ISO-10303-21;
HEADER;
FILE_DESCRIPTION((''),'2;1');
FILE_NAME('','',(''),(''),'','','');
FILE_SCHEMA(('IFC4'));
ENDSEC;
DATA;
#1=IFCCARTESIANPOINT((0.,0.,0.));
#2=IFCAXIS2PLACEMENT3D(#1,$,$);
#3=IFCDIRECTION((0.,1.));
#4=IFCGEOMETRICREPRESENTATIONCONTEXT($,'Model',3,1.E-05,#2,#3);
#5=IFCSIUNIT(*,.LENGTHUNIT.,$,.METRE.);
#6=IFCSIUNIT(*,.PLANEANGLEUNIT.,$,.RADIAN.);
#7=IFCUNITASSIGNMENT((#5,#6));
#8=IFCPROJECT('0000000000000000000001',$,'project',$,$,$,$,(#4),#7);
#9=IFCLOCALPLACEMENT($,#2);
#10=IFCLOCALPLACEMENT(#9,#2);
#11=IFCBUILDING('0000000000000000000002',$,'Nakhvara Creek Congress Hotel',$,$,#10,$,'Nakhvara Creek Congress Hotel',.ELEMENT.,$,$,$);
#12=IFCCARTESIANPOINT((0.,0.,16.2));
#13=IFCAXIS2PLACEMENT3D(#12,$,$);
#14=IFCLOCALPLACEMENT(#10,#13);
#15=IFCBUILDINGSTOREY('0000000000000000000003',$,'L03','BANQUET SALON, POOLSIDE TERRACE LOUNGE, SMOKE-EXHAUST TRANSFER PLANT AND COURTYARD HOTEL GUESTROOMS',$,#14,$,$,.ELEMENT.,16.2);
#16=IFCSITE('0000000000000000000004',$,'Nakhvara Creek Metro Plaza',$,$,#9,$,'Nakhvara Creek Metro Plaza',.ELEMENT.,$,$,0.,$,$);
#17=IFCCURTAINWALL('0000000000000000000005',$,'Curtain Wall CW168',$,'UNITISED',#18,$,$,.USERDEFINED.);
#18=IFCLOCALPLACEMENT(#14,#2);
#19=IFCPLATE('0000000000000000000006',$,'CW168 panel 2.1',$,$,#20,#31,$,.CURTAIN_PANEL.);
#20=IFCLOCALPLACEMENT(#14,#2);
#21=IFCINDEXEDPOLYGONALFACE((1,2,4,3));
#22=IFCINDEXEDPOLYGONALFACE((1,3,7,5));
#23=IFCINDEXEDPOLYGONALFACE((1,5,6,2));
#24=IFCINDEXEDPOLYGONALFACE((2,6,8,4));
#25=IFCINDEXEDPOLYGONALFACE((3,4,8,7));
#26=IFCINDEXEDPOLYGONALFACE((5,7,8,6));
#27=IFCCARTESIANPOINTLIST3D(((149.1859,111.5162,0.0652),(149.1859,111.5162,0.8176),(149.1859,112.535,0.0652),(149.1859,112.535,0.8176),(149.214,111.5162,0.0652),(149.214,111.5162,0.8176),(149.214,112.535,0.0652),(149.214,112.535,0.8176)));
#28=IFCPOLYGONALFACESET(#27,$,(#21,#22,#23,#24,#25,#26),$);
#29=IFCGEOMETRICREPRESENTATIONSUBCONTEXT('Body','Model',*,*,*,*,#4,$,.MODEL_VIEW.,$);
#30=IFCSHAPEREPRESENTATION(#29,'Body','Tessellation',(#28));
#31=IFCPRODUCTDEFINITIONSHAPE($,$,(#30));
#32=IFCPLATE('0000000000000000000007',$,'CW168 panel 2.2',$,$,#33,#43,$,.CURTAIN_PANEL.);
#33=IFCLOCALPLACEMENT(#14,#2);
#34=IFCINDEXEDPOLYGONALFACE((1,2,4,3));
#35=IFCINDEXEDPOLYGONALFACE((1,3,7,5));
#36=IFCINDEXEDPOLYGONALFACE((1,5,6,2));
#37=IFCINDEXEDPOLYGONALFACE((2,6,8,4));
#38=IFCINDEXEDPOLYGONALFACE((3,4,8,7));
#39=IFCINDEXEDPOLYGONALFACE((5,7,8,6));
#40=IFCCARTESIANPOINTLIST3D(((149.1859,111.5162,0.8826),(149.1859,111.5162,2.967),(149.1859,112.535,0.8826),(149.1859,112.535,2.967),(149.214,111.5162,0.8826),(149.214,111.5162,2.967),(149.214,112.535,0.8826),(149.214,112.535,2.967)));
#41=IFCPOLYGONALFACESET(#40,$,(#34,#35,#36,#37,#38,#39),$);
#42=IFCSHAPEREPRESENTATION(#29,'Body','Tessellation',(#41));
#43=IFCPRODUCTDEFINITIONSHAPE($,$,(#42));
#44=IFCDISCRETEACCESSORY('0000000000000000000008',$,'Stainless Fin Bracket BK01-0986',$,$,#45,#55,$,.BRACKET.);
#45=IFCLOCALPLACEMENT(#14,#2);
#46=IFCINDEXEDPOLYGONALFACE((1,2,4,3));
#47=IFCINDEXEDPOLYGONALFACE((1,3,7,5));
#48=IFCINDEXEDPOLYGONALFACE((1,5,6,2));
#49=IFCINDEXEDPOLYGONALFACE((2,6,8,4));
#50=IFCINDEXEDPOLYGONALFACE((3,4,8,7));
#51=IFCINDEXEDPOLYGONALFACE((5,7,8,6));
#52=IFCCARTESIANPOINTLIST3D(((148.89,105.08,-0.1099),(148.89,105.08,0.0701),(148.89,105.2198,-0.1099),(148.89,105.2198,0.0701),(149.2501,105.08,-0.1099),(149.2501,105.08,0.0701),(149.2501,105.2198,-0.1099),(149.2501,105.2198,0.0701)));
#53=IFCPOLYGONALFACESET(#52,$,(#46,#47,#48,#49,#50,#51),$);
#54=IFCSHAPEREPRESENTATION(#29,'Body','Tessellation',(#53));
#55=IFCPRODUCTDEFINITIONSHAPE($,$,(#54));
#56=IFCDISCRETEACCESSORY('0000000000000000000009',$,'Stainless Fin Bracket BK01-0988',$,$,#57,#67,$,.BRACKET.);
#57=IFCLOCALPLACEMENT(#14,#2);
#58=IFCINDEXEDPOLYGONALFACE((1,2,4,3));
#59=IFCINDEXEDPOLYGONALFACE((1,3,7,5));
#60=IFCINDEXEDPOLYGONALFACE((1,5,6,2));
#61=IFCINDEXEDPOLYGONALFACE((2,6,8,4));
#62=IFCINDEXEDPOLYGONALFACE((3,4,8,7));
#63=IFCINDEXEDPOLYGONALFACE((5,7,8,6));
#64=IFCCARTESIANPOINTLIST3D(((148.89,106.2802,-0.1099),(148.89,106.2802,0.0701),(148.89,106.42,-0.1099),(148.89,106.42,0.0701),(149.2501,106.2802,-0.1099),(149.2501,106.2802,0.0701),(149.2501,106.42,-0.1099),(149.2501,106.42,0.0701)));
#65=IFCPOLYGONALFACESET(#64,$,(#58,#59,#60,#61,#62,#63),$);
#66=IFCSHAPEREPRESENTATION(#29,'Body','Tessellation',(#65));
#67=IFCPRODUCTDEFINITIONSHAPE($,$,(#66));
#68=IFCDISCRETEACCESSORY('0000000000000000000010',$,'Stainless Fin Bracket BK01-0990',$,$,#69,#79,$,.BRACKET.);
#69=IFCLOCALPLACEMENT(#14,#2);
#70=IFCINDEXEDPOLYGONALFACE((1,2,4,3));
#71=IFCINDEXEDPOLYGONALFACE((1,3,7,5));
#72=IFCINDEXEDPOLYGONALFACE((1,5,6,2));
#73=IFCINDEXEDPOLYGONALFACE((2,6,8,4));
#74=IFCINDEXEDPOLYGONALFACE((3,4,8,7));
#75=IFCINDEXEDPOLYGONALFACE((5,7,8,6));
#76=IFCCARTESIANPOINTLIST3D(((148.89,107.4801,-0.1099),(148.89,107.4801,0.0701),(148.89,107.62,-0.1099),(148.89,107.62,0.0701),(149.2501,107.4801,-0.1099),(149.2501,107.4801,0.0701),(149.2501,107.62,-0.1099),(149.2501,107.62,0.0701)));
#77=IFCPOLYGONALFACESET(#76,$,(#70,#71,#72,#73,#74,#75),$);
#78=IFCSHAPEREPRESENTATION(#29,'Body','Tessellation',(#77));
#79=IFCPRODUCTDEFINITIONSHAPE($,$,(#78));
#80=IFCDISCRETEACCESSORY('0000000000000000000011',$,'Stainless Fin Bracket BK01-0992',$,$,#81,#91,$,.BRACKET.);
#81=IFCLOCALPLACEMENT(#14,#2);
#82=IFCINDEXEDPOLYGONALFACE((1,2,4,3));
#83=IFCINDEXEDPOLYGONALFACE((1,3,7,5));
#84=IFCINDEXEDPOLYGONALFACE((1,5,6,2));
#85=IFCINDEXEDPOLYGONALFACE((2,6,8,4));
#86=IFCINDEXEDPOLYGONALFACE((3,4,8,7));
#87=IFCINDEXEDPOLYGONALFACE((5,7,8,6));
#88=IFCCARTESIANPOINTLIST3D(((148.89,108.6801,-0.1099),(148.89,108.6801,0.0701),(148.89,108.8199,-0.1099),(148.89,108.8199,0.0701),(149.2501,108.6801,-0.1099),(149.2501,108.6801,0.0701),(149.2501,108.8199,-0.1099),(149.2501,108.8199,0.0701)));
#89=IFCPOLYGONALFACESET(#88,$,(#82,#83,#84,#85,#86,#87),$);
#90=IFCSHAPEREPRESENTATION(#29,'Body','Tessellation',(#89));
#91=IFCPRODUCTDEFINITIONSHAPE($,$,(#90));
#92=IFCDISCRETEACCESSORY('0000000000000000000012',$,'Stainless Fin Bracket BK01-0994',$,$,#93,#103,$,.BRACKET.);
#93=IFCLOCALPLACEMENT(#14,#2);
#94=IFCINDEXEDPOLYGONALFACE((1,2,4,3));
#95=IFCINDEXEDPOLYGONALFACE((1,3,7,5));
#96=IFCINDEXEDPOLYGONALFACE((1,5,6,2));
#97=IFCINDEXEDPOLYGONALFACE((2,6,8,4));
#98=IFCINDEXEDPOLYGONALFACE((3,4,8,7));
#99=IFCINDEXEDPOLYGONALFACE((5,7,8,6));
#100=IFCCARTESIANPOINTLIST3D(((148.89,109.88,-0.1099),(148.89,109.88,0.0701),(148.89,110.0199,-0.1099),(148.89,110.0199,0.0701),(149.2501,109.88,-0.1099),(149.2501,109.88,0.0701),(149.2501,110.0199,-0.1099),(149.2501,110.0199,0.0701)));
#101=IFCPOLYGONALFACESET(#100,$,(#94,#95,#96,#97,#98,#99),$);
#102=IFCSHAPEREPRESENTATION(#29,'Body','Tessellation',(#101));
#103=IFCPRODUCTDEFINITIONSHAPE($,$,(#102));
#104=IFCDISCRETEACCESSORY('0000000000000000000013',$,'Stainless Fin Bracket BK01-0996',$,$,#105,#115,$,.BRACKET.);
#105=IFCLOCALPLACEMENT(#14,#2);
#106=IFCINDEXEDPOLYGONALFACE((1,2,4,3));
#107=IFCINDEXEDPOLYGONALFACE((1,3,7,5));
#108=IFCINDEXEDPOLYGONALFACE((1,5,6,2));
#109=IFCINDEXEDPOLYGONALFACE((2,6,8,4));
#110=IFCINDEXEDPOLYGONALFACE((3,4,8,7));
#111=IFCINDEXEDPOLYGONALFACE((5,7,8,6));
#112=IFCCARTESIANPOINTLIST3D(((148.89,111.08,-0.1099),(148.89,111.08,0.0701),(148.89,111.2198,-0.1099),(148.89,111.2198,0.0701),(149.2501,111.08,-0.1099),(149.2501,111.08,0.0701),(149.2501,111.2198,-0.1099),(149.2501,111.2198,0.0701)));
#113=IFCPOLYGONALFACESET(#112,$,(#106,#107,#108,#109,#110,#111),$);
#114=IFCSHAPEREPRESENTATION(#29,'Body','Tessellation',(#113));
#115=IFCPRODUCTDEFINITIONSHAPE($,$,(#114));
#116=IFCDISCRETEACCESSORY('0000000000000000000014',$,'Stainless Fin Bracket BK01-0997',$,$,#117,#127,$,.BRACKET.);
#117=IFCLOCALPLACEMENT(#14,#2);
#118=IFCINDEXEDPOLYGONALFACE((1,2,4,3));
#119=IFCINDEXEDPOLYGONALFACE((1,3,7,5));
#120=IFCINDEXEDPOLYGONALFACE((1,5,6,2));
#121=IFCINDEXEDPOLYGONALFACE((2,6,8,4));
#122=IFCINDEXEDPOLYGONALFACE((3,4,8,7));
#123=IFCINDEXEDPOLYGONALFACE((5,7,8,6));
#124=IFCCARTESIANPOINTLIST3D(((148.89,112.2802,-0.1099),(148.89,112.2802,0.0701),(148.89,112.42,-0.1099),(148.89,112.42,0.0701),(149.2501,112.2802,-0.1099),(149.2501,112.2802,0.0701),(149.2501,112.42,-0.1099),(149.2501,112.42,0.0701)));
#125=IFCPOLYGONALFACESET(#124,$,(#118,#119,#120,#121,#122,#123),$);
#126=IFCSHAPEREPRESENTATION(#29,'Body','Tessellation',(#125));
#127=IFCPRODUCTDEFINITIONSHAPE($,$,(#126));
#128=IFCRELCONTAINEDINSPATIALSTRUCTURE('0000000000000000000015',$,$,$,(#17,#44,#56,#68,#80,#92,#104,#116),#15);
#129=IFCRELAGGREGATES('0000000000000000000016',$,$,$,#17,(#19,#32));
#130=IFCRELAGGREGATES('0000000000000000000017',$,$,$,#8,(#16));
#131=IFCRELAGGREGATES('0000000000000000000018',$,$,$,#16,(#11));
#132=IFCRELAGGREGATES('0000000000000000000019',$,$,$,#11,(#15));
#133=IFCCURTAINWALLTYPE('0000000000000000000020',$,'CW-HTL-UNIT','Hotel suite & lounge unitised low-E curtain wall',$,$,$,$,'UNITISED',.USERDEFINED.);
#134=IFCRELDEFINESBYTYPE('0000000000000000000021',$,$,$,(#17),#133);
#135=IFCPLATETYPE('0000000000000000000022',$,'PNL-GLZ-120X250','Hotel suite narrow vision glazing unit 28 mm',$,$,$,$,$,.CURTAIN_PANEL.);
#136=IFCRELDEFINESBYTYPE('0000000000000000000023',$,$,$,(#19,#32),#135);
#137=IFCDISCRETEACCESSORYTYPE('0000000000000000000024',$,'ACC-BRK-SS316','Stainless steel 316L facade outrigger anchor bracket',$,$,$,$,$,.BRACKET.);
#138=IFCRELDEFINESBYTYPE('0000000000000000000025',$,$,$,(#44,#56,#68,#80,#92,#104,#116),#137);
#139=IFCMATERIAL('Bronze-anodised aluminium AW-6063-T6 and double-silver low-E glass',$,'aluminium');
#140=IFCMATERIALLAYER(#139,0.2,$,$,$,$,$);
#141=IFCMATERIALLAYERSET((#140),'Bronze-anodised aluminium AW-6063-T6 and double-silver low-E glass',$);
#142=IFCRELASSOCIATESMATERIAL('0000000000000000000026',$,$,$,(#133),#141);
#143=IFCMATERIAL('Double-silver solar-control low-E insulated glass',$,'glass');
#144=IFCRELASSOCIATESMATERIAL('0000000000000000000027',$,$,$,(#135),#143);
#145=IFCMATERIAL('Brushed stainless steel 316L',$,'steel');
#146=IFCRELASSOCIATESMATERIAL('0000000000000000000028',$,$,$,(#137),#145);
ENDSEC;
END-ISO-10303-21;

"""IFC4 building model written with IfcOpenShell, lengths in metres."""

from ifc_helpers import new_model, si_unit, direction, frame, origin, origin_2d, place, context, subcontext, project, spatial, rectangle, extrude, material, layer, layer_set, type_object, element, aggregate, save


model = new_model("IFC4")

# Units and contexts
model_context = context("Model", 3, precision=1e-05, world=origin(), true_north=direction((0.0, 1.0)))
body_context = subcontext(model_context, "Body", "Model", "MODEL_VIEW")
ifc_project = project(units=[si_unit("LENGTHUNIT", "METRE"), si_unit("PLANEANGLEUNIT", "RADIAN")], contexts=[model_context])

# Site, building, storey
site_placement = place(None, origin())
site = spatial("IfcSite", under=ifc_project, at=site_placement, Name="Nakhvara Creek Metro Plaza", LongName="Nakhvara Creek Metro Plaza", CompositionType="ELEMENT", RefElevation=0.0)
building_placement = place(site_placement, origin())
building = spatial("IfcBuilding", under=site, at=building_placement, Name="Nakhvara Creek Congress Hotel", LongName="Nakhvara Creek Congress Hotel", CompositionType="ELEMENT")
storey_placement = place(building_placement, frame((0.0, 0.0, 16.2)))
storey = spatial("IfcBuildingStorey", under=building, at=storey_placement, Name="L03", Description="BANQUET SALON, POOLSIDE TERRACE LOUNGE, SMOKE-EXHAUST TRANSFER PLANT AND COURTYARD HOTEL GUESTROOMS", CompositionType="ELEMENT", Elevation=16.2)

# Shared definitions
ifc_material_1 = material(Name="Bronze-anodised aluminium AW-6063-T6 and double-silver low-E glass", Category="aluminium")
ifc_layer = layer(ifc_material_1, 0.2)
ifc_layer_set = layer_set([ifc_layer], Name="Bronze-anodised aluminium AW-6063-T6 and double-silver low-E glass")
curtain_wall_type = type_object("IfcCurtainWallType", Name="CW-HTL-UNIT", Description="Hotel suite & lounge unitised low-E curtain wall", ElementType="UNITISED", PredefinedType="USERDEFINED", material=ifc_layer_set)

# Curtain wall, plates
curtain_wall_1_placement = place(storey_placement, origin())
curtain_wall_1 = element("IfcCurtainWall", 1, at=curtain_wall_1_placement, inside=storey, type_object=curtain_wall_type, Name="Curtain Wall CW168", ObjectType="UNITISED", PredefinedType="USERDEFINED")
ifc_material_2 = material(Name="Double-silver solar-control low-E insulated glass", Category="glass")
plate_type = type_object("IfcPlateType", Name="PNL-GLZ-120X250", Description="Hotel suite narrow vision glazing unit 28 mm", PredefinedType="CURTAIN_PANEL", material=ifc_material_2)
plate_1_placement = place(storey_placement, frame((149.2, 112.0256, 0.0652), z_axis=(0.0, 0.0, 1.0), x_axis=(0.0, 1.0, 0.0)))
plate_1 = element("IfcPlate", 2, at=plate_1_placement, type_object=plate_type, Name="CW168 panel 2.1", PredefinedType="CURTAIN_PANEL", context=body_context, shape_type="SweptSolid", body=[
    extrude(rectangle(XDim=1.0188, YDim=0.0281, at=origin_2d()), origin(), (0.0, 0.0, 1.0), 0.7524),
])
plate_2_placement = place(storey_placement, frame((149.2, 112.0256, 0.8826), z_axis=(0.0, 0.0, 1.0), x_axis=(0.0, 1.0, 0.0)))
plate_2 = element("IfcPlate", 3, at=plate_2_placement, type_object=plate_type, Name="CW168 panel 2.2", PredefinedType="CURTAIN_PANEL", context=body_context, shape_type="SweptSolid", body=[
    extrude(rectangle(XDim=1.0188, YDim=0.0281, at=origin_2d()), origin(), (0.0, 0.0, 1.0), 2.0845),
])
aggregate(curtain_wall_1, [plate_1, plate_2])

# Discrete accessories
ifc_material_3 = material(Name="Brushed stainless steel 316L", Category="steel")
discrete_accessory_type = type_object("IfcDiscreteAccessoryType", Name="ACC-BRK-SS316", Description="Stainless steel 316L facade outrigger anchor bracket", PredefinedType="BRACKET", material=ifc_material_3)
for number, where, z_axis, x_axis, name in (
    (4, (149.0701, 105.1499, -0.1099), (0.0, 0.0, 1.0), (0.0, 1.0, 0.0), "Stainless Fin Bracket BK01-0986"),
    (5, (149.0701, 106.3501, -0.1099), (0.0, 0.0, 1.0), (0.0, 1.0, 0.0), "Stainless Fin Bracket BK01-0988"),
    (6, (149.0701, 107.55, -0.1099), (0.0, 0.0, 1.0), (0.0, 1.0, 0.0), "Stainless Fin Bracket BK01-0990"),
    (7, (149.0701, 108.75, -0.1099), (0.0, 0.0, 1.0), (0.0, 1.0, 0.0), "Stainless Fin Bracket BK01-0992"),
    (8, (149.0701, 109.95, -0.1099), (0.0, 0.0, 1.0), (0.0, 1.0, 0.0), "Stainless Fin Bracket BK01-0994"),
    (9, (149.0701, 111.1499, -0.1099), (0.0, 0.0, 1.0), (0.0, 1.0, 0.0), "Stainless Fin Bracket BK01-0996"),
    (10, (149.0701, 112.3501, -0.1099), (0.0, 0.0, 1.0), (0.0, 1.0, 0.0), "Stainless Fin Bracket BK01-0997"),
):
    element("IfcDiscreteAccessory", number, at=place(storey_placement, frame(where, z_axis=z_axis, x_axis=x_axis)), inside=storey, type_object=discrete_accessory_type, Name=name, PredefinedType="BRACKET", context=body_context, shape_type="SweptSolid", body=[
        extrude(rectangle(XDim=0.1399, YDim=0.3601, at=origin_2d()), origin(), (0.0, 0.0, 1.0), 0.1799),
    ])

save(model, "model.ifc")
